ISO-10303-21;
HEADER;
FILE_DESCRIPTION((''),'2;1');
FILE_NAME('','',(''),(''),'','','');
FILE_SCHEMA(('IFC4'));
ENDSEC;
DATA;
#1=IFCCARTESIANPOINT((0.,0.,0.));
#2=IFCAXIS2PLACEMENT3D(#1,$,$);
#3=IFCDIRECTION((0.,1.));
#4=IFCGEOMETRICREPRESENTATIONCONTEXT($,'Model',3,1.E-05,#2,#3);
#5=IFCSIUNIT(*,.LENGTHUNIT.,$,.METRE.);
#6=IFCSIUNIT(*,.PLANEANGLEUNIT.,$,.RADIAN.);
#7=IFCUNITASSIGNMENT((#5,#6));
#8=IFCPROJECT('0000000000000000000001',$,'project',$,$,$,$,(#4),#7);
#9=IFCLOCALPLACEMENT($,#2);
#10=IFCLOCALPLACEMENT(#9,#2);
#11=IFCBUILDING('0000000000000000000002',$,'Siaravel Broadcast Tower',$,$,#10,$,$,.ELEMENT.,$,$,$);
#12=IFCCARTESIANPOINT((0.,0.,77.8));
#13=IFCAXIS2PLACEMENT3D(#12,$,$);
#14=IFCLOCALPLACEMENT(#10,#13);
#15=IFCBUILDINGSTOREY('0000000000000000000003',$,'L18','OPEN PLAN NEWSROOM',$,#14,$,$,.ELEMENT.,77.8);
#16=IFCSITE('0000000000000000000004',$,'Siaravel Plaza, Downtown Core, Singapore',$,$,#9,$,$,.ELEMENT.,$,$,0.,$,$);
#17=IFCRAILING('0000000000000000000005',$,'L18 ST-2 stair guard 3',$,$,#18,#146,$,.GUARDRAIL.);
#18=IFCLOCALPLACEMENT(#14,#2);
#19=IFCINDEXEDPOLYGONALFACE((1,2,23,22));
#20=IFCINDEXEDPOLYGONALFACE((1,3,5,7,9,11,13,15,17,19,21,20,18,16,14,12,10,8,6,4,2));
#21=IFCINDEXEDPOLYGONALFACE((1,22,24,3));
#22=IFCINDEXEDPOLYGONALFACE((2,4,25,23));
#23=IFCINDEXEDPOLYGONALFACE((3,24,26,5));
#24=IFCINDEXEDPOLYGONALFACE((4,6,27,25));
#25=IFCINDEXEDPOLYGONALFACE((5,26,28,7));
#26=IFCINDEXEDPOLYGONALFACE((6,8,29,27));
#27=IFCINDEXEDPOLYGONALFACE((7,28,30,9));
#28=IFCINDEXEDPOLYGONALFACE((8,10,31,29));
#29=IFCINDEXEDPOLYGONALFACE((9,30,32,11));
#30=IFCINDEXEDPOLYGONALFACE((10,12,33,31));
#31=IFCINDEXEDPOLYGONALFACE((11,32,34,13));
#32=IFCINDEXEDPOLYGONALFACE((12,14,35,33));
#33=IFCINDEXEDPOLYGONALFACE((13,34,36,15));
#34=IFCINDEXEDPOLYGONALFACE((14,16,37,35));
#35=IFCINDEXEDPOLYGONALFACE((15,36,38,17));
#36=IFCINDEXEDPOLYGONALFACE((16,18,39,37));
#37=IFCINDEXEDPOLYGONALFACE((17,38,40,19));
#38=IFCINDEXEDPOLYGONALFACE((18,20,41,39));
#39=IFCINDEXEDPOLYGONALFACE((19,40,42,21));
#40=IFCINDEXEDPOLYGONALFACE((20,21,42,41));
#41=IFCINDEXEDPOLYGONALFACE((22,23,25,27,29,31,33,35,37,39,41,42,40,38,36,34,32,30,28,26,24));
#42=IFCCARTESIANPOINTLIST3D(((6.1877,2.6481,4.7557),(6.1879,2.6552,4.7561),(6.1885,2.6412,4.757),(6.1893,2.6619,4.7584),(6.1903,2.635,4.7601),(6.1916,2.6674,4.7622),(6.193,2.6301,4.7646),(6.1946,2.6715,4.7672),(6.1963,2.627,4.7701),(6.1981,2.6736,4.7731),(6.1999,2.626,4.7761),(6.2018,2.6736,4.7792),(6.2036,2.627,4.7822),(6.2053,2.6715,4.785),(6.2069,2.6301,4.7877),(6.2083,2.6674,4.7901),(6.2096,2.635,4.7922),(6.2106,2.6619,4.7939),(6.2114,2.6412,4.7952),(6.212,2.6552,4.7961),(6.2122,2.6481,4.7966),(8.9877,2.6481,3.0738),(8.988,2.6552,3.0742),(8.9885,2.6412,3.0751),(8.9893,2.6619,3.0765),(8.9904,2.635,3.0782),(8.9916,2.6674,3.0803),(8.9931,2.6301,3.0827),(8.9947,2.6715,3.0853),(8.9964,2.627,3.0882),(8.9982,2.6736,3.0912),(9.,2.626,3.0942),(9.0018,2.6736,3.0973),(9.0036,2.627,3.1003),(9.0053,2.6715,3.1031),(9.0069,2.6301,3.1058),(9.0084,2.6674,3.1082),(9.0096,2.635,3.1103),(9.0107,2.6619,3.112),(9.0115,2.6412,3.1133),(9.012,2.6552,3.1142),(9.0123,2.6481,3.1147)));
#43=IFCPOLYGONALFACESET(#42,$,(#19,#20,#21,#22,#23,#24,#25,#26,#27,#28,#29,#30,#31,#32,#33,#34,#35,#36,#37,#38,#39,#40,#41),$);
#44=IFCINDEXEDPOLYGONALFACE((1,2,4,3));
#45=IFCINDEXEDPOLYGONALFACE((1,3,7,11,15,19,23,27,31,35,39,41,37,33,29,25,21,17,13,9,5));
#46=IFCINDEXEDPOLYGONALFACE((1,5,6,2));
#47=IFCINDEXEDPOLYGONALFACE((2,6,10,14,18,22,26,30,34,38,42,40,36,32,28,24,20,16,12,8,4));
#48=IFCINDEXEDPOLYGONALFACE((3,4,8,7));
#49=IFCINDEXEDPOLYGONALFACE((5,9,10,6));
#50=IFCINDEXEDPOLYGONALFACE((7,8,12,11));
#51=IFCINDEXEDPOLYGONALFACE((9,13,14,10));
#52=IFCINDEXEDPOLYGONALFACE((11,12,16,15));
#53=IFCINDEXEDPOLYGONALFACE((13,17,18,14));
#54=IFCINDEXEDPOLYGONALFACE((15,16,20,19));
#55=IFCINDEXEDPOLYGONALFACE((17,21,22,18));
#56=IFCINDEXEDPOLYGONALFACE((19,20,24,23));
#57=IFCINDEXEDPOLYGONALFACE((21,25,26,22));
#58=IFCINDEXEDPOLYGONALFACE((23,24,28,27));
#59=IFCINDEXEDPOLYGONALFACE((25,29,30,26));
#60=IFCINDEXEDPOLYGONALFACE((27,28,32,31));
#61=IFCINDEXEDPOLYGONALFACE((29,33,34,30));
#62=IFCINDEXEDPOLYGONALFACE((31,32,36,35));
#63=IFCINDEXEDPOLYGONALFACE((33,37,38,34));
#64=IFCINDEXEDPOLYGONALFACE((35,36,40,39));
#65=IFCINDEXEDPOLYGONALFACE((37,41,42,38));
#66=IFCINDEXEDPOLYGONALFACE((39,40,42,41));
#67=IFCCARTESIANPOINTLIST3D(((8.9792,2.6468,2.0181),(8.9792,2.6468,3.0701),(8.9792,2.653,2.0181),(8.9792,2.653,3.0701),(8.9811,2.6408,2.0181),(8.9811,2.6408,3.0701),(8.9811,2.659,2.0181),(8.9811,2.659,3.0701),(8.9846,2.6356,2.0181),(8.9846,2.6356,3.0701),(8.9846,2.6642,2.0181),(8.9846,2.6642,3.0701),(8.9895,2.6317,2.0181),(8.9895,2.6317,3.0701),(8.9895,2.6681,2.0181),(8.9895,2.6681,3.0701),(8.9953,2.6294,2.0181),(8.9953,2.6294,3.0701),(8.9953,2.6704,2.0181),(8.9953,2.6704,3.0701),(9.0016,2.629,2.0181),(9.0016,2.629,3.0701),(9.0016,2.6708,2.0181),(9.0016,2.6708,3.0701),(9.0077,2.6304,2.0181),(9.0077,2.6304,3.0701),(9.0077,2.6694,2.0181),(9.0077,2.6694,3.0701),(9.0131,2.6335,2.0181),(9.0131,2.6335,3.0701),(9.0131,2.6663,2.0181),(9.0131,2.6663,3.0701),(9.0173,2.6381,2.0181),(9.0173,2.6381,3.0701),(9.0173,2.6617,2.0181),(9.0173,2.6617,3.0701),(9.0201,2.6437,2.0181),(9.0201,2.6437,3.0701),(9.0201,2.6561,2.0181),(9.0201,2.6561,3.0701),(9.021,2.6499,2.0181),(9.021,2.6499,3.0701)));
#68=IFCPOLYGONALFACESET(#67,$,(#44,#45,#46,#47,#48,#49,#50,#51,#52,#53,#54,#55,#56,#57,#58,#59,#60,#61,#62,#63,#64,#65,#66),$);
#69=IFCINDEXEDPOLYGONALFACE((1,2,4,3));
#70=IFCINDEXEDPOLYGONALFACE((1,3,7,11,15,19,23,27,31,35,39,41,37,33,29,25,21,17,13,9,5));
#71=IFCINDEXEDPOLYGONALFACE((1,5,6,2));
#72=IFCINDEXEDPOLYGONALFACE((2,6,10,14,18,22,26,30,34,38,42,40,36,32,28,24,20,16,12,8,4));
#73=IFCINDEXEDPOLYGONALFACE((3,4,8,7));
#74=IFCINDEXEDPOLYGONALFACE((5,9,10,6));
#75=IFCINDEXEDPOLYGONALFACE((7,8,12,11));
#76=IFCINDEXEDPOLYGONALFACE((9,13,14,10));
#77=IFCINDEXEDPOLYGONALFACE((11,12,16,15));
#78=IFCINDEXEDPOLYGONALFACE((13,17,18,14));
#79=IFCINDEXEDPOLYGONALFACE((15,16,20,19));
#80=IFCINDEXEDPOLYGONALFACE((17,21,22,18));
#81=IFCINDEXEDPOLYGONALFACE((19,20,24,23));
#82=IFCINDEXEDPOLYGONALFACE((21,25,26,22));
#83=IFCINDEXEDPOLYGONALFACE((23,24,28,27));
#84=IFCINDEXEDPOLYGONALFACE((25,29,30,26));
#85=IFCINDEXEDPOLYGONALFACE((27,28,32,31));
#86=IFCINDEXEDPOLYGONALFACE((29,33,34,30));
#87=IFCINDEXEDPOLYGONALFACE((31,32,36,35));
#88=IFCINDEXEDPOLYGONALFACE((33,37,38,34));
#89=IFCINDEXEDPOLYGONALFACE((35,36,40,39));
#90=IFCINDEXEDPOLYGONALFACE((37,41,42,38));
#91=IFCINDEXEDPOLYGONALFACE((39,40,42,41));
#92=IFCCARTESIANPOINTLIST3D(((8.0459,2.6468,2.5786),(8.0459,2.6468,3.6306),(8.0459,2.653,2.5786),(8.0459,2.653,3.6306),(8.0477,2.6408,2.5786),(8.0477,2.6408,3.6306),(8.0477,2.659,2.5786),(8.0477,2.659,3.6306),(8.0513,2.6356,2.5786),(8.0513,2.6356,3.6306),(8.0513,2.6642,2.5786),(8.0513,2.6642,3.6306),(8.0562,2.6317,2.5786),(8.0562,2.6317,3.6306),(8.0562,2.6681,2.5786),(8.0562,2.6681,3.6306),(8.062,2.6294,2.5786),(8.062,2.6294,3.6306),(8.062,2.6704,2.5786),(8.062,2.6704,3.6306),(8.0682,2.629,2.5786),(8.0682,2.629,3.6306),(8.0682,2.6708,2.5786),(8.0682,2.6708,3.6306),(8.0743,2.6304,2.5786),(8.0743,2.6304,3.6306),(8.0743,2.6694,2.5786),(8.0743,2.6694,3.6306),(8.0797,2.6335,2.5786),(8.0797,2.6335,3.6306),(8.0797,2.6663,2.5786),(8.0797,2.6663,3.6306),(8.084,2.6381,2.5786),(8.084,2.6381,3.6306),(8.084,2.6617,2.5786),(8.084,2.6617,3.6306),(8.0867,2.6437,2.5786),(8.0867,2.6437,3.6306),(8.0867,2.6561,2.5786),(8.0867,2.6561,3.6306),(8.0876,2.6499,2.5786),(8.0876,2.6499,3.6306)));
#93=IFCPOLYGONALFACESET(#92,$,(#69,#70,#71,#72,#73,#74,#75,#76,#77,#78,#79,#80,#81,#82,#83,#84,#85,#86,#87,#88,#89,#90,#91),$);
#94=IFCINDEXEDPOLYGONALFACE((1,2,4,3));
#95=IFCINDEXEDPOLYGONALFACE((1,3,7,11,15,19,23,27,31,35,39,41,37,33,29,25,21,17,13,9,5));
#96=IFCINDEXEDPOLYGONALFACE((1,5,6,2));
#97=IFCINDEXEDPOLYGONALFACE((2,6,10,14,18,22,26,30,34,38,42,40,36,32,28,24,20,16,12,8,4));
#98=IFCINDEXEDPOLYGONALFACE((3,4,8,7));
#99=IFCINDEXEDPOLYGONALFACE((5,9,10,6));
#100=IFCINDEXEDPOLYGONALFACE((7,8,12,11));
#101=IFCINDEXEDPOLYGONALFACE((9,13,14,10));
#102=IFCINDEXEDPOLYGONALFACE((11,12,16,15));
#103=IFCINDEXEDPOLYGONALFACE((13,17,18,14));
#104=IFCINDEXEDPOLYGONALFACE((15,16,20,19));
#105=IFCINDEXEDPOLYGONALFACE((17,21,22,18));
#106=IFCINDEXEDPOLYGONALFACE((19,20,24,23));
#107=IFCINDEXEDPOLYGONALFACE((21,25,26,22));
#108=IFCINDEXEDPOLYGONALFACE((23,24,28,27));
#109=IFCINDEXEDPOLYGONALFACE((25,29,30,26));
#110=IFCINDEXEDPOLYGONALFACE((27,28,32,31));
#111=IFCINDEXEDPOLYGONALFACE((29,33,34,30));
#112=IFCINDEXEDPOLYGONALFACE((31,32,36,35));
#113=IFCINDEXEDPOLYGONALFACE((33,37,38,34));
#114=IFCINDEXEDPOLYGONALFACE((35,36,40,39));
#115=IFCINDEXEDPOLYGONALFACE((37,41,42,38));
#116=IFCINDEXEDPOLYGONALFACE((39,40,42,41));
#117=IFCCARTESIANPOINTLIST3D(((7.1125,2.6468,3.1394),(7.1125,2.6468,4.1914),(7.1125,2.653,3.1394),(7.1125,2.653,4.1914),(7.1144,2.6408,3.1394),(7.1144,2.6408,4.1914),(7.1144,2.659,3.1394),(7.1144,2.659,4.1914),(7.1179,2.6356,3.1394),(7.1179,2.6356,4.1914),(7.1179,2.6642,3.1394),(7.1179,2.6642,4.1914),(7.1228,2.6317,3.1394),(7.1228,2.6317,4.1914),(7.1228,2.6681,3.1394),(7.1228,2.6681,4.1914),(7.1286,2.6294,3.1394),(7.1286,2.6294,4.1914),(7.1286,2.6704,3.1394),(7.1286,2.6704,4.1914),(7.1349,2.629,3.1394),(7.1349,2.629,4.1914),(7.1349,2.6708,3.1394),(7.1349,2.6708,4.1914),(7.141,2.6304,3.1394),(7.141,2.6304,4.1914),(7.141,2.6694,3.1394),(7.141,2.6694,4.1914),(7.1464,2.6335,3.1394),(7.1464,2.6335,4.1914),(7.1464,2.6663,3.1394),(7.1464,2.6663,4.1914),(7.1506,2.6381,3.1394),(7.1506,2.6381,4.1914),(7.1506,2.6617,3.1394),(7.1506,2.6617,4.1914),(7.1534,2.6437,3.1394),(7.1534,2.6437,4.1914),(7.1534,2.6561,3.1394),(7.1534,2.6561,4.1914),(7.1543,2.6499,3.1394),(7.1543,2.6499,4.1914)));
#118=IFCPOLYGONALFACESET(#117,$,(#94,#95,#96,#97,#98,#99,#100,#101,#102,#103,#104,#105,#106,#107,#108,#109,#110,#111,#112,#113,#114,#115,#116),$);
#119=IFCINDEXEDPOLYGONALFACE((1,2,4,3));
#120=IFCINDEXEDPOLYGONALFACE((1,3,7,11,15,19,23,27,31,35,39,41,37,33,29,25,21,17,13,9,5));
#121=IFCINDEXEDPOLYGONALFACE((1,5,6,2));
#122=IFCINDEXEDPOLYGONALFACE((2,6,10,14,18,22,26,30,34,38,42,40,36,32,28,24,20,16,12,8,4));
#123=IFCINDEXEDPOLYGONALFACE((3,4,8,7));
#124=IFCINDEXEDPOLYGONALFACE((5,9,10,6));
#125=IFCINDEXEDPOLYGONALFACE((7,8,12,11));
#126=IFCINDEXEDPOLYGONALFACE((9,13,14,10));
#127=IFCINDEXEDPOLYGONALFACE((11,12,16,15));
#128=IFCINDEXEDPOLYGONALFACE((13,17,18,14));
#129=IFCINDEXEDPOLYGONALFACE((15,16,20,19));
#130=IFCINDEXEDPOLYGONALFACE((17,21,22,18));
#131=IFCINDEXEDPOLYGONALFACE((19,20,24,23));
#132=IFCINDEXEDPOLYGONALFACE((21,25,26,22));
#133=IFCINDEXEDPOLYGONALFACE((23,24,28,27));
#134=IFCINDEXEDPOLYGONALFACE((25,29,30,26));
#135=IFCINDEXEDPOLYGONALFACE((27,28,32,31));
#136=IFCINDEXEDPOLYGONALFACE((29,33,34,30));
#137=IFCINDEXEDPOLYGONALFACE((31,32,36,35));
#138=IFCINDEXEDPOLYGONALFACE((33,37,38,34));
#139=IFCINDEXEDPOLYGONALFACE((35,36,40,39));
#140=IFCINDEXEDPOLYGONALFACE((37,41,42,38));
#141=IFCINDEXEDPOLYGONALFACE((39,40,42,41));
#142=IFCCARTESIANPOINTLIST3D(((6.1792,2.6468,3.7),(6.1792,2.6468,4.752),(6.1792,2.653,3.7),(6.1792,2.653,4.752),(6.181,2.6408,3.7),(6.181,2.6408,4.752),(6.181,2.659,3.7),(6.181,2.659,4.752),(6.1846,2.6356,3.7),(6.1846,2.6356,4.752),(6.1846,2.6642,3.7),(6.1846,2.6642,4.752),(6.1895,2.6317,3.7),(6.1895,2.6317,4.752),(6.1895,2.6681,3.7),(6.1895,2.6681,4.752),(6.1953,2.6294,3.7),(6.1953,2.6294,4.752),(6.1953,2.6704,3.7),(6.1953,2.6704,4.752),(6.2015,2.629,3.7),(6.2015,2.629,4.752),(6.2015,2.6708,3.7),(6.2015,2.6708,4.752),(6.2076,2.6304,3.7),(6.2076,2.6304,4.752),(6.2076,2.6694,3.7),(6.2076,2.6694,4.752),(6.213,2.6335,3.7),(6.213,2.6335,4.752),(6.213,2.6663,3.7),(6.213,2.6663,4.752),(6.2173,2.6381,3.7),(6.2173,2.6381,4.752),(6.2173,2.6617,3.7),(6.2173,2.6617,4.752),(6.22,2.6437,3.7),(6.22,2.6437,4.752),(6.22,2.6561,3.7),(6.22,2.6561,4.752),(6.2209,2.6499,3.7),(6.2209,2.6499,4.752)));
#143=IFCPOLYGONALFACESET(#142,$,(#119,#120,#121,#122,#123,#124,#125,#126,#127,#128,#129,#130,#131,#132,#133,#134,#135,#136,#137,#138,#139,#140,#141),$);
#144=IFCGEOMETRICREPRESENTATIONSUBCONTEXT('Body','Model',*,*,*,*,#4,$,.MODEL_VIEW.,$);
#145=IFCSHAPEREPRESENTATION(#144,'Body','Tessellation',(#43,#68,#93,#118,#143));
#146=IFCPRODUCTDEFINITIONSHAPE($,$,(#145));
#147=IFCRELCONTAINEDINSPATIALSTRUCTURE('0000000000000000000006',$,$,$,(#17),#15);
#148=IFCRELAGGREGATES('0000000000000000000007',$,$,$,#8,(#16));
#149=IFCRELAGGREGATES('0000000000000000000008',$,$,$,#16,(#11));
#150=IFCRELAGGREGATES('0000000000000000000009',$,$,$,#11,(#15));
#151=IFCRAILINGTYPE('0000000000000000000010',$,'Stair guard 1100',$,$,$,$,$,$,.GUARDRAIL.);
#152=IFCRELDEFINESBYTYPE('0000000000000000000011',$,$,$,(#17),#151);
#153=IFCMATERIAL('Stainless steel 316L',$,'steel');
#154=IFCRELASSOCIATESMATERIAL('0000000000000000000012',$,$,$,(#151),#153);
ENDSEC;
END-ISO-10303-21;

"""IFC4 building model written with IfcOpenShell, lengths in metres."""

from ifc_helpers import new_model, si_unit, direction, frame, origin, origin_2d, place, context, subcontext, project, spatial, circle, extrude, material, type_object, element, save


model = new_model("IFC4")

# Units and contexts
model_context = context("Model", 3, precision=1e-05, world=origin(), true_north=direction((0.0, 1.0)))
body_context = subcontext(model_context, "Body", "Model", "MODEL_VIEW")
ifc_project = project(units=[si_unit("LENGTHUNIT", "METRE"), si_unit("PLANEANGLEUNIT", "RADIAN")], contexts=[model_context])

# Site, building, storey
site_placement = place(None, origin())
site = spatial("IfcSite", under=ifc_project, at=site_placement, Name="Siaravel Plaza, Downtown Core, Singapore", CompositionType="ELEMENT", RefElevation=0.0)
building_placement = place(site_placement, origin())
building = spatial("IfcBuilding", under=site, at=building_placement, Name="Siaravel Broadcast Tower", CompositionType="ELEMENT")
storey_placement = place(building_placement, frame((0.0, 0.0, 77.8)))
storey = spatial("IfcBuildingStorey", under=building, at=storey_placement, Name="L18", Description="OPEN PLAN NEWSROOM", CompositionType="ELEMENT", Elevation=77.8)

# Railing
ifc_material_1 = material(Name="Stainless steel 316L", Category="steel")
railing_type_1 = type_object("IfcRailingType", Name="Stair guard 1100", PredefinedType="GUARDRAIL", material=ifc_material_1)
railing_1_placement = place(storey_placement, frame((9.0, 2.6499, 2.0181)))
element("IfcRailing", 1, at=railing_1_placement, inside=storey, type_object=railing_type_1, Name="L18 ST-2 stair guard 3", PredefinedType="GUARDRAIL", context=body_context, shape_type="SweptSolid", body=[
    extrude(circle(Radius=0.0239, at=origin_2d()), frame((0.0, 0.0, 1.0762), z_axis=(-0.857242, 0.0, 0.514913), x_axis=(0.0, -1.0, 0.0)), (0.0, 0.0, 1.0), 3.2664),
    extrude(circle(Radius=0.021, at=origin_2d()), origin(), (0.0, 0.0, 1.0), 1.052),
    extrude(circle(Radius=0.021, at=origin_2d()), frame((-0.9333, 0.0, 0.5605)), (0.0, 0.0, 1.0), 1.052),
    extrude(circle(Radius=0.021, at=origin_2d()), frame((-1.8667, 0.0, 1.1213)), (0.0, 0.0, 1.0), 1.052),
    extrude(circle(Radius=0.021, at=origin_2d()), frame((-2.8, 0.0, 1.6819)), (0.0, 0.0, 1.0), 1.052),
])

save(model, "model.ifc")
